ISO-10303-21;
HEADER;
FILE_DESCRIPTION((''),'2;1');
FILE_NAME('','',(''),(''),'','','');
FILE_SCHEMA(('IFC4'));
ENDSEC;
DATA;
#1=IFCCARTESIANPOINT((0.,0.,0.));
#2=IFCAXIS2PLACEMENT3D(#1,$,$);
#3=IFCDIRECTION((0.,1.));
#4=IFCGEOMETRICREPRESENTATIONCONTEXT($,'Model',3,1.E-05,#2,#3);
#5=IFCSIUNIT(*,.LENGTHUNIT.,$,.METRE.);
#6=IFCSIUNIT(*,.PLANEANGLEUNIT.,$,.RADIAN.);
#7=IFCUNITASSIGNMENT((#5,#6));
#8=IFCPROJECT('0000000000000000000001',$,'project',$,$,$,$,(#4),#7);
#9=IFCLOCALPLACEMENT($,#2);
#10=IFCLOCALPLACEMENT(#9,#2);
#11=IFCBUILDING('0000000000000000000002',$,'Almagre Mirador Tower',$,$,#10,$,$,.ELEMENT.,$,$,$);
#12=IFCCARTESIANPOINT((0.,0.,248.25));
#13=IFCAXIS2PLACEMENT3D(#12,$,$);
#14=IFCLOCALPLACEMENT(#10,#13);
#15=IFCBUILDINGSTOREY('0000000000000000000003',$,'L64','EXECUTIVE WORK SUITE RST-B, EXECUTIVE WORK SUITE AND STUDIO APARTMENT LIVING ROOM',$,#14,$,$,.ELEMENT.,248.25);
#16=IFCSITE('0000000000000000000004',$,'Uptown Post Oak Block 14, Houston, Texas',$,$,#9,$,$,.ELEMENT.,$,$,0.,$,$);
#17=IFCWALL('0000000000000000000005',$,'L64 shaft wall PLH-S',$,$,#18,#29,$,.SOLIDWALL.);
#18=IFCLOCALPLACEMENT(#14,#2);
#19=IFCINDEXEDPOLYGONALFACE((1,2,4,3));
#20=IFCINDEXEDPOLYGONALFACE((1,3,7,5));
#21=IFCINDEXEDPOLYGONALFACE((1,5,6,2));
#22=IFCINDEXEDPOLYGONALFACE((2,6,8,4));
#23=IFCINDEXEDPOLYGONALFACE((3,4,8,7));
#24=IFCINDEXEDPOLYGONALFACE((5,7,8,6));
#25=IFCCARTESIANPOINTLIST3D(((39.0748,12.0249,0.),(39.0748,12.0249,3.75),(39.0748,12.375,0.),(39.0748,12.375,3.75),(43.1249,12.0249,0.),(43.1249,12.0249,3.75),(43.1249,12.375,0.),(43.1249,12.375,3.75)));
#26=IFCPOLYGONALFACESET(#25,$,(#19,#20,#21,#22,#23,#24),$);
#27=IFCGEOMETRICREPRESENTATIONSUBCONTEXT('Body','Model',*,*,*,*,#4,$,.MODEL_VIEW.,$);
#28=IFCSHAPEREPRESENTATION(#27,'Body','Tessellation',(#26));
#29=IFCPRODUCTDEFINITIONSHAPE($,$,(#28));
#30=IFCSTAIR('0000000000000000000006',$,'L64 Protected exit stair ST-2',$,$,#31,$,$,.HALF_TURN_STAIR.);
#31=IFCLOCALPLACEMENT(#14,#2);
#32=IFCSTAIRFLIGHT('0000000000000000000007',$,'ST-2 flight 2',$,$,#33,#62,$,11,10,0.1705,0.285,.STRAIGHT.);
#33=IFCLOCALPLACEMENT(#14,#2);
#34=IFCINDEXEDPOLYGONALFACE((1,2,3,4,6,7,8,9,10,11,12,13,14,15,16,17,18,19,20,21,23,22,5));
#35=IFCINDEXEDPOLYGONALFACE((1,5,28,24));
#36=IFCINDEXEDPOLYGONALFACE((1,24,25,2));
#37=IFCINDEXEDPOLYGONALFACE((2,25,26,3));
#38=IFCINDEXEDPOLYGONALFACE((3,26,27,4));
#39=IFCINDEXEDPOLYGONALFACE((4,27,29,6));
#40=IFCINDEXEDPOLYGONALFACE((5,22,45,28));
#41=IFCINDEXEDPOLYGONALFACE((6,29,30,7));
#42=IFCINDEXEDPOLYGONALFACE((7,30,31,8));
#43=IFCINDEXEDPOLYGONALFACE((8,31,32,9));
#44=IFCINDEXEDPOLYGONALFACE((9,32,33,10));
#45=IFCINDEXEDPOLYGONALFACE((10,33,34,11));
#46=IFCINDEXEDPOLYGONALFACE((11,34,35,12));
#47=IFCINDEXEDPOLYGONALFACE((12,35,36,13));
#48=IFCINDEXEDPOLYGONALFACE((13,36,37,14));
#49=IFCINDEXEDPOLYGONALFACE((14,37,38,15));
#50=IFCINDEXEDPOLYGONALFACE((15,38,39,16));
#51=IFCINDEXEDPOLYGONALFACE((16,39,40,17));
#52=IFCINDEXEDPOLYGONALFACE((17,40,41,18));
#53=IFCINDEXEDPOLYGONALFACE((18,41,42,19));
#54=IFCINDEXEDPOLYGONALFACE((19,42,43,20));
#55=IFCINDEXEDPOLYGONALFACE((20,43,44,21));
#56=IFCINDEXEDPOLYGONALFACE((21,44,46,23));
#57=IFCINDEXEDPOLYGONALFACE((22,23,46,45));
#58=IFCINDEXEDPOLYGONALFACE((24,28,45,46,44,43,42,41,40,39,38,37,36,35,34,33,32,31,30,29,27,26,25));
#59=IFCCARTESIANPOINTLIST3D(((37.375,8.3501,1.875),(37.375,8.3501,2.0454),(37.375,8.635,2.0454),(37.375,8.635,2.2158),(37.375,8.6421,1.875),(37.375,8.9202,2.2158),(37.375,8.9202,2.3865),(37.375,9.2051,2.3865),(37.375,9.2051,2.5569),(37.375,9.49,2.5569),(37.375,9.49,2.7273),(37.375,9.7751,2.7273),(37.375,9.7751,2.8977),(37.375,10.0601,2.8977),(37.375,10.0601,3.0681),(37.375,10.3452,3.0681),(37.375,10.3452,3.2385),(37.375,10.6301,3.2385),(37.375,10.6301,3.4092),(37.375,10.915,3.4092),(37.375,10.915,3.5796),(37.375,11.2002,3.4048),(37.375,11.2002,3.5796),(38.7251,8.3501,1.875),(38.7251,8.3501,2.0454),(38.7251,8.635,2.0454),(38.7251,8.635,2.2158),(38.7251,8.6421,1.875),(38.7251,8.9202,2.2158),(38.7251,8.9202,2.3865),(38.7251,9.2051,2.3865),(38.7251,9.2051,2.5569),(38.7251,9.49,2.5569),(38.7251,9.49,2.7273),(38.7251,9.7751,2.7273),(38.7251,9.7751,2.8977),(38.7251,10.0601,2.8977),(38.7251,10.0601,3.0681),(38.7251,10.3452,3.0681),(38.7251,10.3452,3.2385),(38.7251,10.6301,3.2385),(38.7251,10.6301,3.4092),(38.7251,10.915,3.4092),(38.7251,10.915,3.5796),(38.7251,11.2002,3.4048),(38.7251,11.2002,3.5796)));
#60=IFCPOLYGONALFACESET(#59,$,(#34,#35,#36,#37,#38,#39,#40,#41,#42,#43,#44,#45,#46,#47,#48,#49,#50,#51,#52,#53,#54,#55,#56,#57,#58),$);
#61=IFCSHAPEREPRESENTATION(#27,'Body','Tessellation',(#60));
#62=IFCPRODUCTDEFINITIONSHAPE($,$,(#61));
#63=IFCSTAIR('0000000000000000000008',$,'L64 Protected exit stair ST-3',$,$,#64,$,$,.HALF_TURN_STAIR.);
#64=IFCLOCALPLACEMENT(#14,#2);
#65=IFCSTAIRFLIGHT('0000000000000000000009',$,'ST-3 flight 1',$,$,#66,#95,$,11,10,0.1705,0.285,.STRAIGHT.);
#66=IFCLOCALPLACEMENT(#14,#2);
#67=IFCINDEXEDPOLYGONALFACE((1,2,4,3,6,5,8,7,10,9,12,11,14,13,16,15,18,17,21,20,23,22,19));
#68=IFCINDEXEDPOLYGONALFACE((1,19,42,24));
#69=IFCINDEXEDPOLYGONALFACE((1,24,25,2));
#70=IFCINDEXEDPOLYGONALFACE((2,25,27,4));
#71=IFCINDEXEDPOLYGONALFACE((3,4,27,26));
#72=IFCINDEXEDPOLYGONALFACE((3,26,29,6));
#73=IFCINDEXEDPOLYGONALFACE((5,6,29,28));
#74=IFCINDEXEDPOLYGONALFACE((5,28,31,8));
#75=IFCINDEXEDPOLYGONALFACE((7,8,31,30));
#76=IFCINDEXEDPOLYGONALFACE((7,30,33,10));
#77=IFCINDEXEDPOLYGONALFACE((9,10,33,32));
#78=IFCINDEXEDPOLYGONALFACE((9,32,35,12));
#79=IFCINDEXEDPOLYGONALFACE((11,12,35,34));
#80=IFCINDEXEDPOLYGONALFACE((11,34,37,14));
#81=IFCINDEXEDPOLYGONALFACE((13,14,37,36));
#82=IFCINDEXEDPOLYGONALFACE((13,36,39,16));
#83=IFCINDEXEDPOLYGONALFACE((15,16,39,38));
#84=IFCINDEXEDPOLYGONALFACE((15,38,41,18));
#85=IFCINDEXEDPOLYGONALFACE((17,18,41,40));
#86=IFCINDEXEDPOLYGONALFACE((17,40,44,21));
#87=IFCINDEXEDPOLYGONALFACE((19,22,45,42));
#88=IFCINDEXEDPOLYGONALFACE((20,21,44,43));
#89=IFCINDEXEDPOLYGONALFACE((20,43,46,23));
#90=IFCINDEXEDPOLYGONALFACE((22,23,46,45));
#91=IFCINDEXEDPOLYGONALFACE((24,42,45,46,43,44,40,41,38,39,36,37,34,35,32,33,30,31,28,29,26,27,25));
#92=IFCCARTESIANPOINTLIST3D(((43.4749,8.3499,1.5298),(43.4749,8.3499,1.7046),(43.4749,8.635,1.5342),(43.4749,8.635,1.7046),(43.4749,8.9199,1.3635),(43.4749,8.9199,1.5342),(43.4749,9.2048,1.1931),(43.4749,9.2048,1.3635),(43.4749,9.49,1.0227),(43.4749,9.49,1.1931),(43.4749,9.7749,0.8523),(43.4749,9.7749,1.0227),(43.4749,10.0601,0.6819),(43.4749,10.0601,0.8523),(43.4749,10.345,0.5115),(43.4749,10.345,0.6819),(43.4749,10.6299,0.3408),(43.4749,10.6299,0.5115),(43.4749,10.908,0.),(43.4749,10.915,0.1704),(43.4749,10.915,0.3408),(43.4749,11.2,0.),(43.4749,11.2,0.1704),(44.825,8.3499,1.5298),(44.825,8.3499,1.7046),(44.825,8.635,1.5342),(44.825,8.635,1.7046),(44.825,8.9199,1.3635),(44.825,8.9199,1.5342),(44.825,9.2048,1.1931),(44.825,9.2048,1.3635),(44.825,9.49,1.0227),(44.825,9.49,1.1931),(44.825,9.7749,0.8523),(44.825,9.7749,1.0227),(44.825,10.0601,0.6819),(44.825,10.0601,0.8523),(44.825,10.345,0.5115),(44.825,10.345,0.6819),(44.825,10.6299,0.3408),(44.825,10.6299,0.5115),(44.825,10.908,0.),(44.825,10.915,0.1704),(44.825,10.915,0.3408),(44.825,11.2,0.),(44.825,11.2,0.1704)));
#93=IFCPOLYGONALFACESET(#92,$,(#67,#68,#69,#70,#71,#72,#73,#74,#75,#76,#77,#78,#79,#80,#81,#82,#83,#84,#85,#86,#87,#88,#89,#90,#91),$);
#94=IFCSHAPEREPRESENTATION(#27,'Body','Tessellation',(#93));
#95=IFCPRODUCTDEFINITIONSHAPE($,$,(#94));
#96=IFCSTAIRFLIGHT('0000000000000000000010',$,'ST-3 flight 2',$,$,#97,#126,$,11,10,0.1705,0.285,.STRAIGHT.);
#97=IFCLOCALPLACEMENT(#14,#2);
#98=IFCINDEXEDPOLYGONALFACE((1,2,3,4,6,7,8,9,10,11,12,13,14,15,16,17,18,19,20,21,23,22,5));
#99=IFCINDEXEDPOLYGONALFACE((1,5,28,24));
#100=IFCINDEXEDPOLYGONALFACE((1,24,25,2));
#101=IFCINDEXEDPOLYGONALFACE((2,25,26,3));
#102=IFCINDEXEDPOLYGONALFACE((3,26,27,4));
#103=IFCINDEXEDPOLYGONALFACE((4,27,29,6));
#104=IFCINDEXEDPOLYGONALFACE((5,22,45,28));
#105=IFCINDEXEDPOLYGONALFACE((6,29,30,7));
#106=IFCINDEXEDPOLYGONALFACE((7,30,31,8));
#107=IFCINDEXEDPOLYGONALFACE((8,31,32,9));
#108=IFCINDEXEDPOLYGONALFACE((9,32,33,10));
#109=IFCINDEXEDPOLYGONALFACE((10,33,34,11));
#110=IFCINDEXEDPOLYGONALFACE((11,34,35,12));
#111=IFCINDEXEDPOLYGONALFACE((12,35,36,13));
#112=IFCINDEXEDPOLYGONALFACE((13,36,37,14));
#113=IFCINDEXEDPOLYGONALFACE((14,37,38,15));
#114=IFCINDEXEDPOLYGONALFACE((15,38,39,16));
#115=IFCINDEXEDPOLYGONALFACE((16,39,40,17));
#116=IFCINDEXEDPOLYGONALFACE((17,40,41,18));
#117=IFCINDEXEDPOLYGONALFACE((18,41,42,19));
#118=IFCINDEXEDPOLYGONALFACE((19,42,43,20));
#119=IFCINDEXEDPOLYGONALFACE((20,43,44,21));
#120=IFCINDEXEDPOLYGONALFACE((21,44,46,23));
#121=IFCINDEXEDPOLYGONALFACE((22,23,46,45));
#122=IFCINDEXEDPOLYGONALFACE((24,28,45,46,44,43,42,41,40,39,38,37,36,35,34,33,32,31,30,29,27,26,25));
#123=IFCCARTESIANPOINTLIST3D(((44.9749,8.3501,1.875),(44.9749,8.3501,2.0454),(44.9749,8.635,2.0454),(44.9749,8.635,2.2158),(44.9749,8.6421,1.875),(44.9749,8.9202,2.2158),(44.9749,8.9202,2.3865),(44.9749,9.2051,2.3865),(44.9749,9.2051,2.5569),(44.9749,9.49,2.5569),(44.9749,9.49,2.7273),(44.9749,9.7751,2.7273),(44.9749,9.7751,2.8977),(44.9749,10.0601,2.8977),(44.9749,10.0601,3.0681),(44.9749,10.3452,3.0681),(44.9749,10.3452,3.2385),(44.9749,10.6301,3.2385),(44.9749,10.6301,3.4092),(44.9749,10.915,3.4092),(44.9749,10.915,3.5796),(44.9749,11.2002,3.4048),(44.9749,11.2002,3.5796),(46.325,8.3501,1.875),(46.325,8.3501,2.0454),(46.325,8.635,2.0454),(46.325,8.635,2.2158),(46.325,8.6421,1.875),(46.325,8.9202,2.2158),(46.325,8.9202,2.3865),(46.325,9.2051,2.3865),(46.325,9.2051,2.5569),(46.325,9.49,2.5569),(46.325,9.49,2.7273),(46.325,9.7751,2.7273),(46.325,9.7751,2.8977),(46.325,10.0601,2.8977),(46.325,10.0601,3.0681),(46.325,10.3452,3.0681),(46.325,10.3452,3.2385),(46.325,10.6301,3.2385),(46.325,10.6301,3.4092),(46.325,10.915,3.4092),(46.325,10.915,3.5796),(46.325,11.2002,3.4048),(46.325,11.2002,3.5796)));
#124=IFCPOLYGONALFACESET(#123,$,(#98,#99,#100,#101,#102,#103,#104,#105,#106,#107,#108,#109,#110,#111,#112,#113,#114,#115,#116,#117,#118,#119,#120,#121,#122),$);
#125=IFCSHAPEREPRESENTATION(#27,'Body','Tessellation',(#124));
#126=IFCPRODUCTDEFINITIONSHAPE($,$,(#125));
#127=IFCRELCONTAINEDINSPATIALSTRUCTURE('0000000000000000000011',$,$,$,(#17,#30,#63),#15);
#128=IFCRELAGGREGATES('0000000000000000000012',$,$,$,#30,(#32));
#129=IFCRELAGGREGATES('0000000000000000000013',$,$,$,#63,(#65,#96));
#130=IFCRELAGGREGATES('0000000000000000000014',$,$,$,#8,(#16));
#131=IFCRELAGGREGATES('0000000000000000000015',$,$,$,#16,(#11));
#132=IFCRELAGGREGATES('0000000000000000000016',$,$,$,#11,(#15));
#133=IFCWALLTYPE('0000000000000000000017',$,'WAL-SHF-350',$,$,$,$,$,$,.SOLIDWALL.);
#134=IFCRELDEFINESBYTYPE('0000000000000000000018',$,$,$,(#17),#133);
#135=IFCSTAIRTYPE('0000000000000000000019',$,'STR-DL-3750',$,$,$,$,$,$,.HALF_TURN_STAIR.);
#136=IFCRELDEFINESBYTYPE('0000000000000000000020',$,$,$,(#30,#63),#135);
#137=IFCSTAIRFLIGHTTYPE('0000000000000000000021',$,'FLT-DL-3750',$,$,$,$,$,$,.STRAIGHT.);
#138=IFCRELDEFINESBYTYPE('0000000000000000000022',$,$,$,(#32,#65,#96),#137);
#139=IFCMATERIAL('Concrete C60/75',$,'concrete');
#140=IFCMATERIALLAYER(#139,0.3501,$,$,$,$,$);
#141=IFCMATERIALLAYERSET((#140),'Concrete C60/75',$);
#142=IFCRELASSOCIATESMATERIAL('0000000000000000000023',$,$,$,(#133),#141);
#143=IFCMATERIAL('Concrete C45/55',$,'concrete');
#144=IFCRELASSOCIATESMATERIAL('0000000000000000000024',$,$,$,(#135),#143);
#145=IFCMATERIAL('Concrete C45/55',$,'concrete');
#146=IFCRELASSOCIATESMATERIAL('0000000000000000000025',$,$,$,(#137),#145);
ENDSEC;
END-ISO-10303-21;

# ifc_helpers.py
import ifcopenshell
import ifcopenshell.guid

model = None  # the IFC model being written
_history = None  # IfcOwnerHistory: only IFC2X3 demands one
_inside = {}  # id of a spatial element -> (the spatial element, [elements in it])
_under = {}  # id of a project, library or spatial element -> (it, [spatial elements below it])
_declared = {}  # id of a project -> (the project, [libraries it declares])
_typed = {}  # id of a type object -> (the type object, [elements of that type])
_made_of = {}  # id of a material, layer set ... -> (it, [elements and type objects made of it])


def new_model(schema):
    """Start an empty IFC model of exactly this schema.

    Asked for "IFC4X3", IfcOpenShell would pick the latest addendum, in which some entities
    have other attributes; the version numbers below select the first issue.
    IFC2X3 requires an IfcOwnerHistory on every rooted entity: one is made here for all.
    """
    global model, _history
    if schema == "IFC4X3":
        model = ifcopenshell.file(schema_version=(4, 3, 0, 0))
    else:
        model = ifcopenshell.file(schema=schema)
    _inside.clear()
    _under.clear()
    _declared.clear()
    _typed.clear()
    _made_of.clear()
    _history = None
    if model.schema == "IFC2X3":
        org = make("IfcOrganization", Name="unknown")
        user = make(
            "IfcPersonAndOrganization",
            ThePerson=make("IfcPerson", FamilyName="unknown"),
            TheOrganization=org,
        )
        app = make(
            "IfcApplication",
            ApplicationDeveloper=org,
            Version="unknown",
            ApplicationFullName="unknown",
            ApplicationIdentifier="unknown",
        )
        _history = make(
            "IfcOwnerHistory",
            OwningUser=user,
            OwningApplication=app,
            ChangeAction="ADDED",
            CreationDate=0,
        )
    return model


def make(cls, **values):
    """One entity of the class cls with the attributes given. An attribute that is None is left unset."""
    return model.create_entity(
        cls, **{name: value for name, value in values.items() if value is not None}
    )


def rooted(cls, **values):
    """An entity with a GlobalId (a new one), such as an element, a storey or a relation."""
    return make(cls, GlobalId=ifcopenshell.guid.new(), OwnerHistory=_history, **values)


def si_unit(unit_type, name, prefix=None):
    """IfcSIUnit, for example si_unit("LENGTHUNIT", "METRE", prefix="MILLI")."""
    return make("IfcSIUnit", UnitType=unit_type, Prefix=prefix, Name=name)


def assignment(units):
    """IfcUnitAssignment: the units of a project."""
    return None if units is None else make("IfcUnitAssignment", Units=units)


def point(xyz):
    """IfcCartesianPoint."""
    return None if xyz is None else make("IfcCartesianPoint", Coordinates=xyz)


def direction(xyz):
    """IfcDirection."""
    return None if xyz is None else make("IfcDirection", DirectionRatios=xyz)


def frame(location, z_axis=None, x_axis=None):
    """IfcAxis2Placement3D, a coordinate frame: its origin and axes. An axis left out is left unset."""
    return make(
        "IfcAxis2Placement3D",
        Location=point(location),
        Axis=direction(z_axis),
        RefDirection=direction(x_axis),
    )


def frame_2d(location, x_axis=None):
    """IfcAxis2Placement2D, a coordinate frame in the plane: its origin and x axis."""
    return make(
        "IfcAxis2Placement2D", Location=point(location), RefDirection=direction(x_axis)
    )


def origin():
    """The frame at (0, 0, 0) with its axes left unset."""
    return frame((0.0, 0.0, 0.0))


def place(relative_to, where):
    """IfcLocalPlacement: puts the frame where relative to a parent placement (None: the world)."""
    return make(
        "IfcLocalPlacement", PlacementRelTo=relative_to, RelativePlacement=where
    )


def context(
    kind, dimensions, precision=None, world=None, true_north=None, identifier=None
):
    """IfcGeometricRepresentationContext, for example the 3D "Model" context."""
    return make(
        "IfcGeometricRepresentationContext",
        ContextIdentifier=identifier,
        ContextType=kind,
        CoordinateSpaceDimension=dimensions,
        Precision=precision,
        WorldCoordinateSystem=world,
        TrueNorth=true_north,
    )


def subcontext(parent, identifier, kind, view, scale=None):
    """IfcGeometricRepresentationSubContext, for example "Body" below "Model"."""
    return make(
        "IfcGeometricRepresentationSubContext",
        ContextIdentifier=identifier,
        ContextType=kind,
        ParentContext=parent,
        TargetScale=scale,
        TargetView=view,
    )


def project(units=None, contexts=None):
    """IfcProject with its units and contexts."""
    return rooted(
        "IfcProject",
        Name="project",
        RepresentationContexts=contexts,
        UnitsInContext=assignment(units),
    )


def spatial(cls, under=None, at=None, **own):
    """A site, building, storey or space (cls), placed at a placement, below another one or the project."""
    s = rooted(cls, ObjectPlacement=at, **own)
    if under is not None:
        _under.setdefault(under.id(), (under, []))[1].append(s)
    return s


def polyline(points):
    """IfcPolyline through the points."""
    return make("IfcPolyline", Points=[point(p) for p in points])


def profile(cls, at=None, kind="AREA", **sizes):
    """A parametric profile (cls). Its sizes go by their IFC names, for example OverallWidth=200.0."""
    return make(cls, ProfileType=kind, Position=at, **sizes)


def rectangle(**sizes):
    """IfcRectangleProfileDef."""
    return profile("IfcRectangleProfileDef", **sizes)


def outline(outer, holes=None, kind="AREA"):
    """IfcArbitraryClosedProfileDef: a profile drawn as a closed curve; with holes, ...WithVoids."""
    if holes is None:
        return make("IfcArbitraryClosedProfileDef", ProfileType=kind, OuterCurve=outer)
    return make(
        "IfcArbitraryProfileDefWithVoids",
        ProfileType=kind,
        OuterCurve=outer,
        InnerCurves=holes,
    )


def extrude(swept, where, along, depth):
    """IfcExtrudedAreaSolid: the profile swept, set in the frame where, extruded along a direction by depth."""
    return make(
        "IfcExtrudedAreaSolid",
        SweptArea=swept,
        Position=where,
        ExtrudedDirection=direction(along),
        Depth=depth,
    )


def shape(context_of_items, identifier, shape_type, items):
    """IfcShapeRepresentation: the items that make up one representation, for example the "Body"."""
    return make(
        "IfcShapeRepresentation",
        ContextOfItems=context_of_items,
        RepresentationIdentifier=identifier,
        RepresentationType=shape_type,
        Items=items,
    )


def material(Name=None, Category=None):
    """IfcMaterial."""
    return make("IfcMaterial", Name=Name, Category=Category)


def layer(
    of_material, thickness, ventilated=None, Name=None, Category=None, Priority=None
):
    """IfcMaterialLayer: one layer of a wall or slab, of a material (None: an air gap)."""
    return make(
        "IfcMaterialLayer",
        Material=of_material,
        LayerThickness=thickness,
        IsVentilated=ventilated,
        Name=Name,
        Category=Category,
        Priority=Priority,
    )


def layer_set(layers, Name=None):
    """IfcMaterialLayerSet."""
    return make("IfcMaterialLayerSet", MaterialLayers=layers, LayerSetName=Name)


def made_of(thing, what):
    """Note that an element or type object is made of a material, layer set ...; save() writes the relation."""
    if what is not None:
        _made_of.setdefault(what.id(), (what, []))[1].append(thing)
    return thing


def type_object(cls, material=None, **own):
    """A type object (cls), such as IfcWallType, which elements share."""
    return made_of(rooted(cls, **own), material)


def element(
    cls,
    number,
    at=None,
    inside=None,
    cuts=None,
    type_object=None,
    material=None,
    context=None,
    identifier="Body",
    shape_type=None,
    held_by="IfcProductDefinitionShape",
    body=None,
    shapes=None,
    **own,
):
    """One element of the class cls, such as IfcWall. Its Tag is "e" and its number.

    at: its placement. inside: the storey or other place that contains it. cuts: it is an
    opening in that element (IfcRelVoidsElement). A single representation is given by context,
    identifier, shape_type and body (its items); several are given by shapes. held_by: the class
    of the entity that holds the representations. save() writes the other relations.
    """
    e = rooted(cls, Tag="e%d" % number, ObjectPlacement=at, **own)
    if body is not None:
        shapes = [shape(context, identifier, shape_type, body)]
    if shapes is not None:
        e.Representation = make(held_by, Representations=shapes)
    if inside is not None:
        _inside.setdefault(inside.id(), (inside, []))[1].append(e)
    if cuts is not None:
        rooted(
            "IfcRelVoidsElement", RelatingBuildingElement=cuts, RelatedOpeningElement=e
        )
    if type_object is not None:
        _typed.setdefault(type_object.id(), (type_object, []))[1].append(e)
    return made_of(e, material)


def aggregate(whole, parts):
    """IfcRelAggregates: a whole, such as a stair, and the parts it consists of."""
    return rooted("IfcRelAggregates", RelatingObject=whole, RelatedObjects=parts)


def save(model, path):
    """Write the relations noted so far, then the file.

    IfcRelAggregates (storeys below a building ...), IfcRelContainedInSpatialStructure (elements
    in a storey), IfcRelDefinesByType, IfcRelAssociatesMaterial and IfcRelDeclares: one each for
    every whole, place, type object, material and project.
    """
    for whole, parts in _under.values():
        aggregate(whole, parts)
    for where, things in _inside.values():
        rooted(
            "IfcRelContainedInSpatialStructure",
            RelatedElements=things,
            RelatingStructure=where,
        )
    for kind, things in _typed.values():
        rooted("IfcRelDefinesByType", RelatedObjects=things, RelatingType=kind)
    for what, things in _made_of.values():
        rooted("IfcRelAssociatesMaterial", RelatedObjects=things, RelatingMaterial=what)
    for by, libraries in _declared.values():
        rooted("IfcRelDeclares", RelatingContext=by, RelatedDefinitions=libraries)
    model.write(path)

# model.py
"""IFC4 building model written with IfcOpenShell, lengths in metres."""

from ifc_helpers import new_model, si_unit, direction, frame, frame_2d, origin, place, context, subcontext, project, spatial, polyline, rectangle, outline, extrude, material, layer, layer_set, type_object, element, aggregate, save


model = new_model("IFC4")

# Units and contexts
model_context = context("Model", 3, precision=1e-05, world=origin(), true_north=direction((0.0, 1.0)))
body_context = subcontext(model_context, "Body", "Model", "MODEL_VIEW")
ifc_project = project(units=[si_unit("LENGTHUNIT", "METRE"), si_unit("PLANEANGLEUNIT", "RADIAN")], contexts=[model_context])

# Site, building, storey
site_placement = place(None, origin())
site = spatial("IfcSite", under=ifc_project, at=site_placement, Name="Uptown Post Oak Block 14, Houston, Texas", CompositionType="ELEMENT", RefElevation=0.0)
building_placement = place(site_placement, origin())
building = spatial("IfcBuilding", under=site, at=building_placement, Name="Almagre Mirador Tower", CompositionType="ELEMENT")
storey_placement = place(building_placement, frame((0.0, 0.0, 248.25)))
storey = spatial("IfcBuildingStorey", under=building, at=storey_placement, Name="L64", Description="EXECUTIVE WORK SUITE RST-B, EXECUTIVE WORK SUITE AND STUDIO APARTMENT LIVING ROOM", CompositionType="ELEMENT", Elevation=248.25)

# Shared definitions
ifc_material_1 = material(Name="Concrete C60/75", Category="concrete")
ifc_layer_1 = layer(ifc_material_1, 0.3501)
ifc_layer_set_1 = layer_set([ifc_layer_1], Name="Concrete C60/75")
wall_type_1 = type_object("IfcWallType", Name="WAL-SHF-350", PredefinedType="SOLIDWALL", material=ifc_layer_set_1)

# Wall
wall_1_placement = place(storey_placement, frame((39.075, 12.2, 0.0), z_axis=(0.0, 0.0, 1.0), x_axis=(1.0, 0.0, 0.0)))
element("IfcWall", 1, at=wall_1_placement, inside=storey, type_object=wall_type_1, Name="L64 shaft wall PLH-S", PredefinedType="SOLIDWALL", context=body_context, shape_type="SweptSolid", body=[
    extrude(rectangle(XDim=4.05, YDim=0.3501, at=frame_2d((2.0249, 0.0))), origin(), (0.0, 0.0, 1.0), 3.75),
])

# Stair, stair flight
ifc_material_2 = material(Name="Concrete C45/55", Category="concrete")
stair_type = type_object("IfcStairType", Name="STR-DL-3750", PredefinedType="HALF_TURN_STAIR", material=ifc_material_2)
stair_1_placement = place(storey_placement, origin())
stair_1 = element("IfcStair", 2, at=stair_1_placement, inside=storey, type_object=stair_type, Name="L64 Protected exit stair ST-2", PredefinedType="HALF_TURN_STAIR")
ifc_material_3 = material(Name="Concrete C45/55", Category="concrete")
stair_flight_type = type_object("IfcStairFlightType", Name="FLT-DL-3750", PredefinedType="STRAIGHT", material=ifc_material_3)
stair_flight_1_placement = place(storey_placement, frame((38.05, 8.3501, 1.875), z_axis=(0.0, 0.0, 1.0), x_axis=(0.0, 1.0, 0.0)))
stair_flight_1 = element("IfcStairFlight", 3, at=stair_flight_1_placement, type_object=stair_flight_type, Name="ST-2 flight 2", NumberOfRisers=11, NumberOfTreads=10, PredefinedType="STRAIGHT", RiserHeight=0.1705, TreadLength=0.285, context=body_context, shape_type="SweptSolid", body=[
    extrude(outline(polyline([(0.0, 0.0), (0.0, 0.1704), (0.2849, 0.1704), (0.2849, 0.3408), (0.5701, 0.3408), (0.5701, 0.5115), (0.855, 0.5115), (0.855, 0.6819), (1.1399, 0.6819), (1.1399, 0.8523), (1.425, 0.8523), (1.425, 1.0227), (1.71, 1.0227), (1.71, 1.1931), (1.9951, 1.1931), (1.9951, 1.3635), (2.28, 1.3635), (2.28, 1.5342), (2.5649, 1.5342), (2.5649, 1.7046), (2.8501, 1.7046), (2.8501, 1.875), (2.8501, 1.5298), (0.292, 0.0), (0.0, 0.0)])), frame((0.0, 0.675, 0.0), z_axis=(0.0, -1.0, 0.0), x_axis=(1.0, 0.0, 0.0)), (0.0, 0.0, 1.0), 1.3501),
])
aggregate(stair_1, [stair_flight_1])

# Stair, stair flights
stair_2_placement = place(storey_placement, origin())
stair_2 = element("IfcStair", 4, at=stair_2_placement, inside=storey, type_object=stair_type, Name="L64 Protected exit stair ST-3", PredefinedType="HALF_TURN_STAIR")
stair_flight_2_placement = place(storey_placement, frame((44.1499, 11.2, 0.0), z_axis=(0.0, 0.0, 1.0), x_axis=(0.0, -1.0, 0.0)))
stair_flight_2 = element("IfcStairFlight", 5, at=stair_flight_2_placement, type_object=stair_flight_type, Name="ST-3 flight 1", NumberOfRisers=11, NumberOfTreads=10, PredefinedType="STRAIGHT", RiserHeight=0.1705, TreadLength=0.285, context=body_context, shape_type="SweptSolid", body=[
    extrude(outline(polyline([(0.0, 0.0), (0.0, 0.1704), (0.2849, 0.1704), (0.2849, 0.3408), (0.5701, 0.3408), (0.5701, 0.5115), (0.855, 0.5115), (0.855, 0.6819), (1.1399, 0.6819), (1.1399, 0.8523), (1.425, 0.8523), (1.425, 1.0227), (1.71, 1.0227), (1.71, 1.1931), (1.9951, 1.1931), (1.9951, 1.3635), (2.28, 1.3635), (2.28, 1.5342), (2.5649, 1.5342), (2.5649, 1.7046), (2.8501, 1.7046), (2.8501, 1.875), (2.8501, 1.5298), (0.292, 0.0), (0.0, 0.0)])), frame((0.0, 0.675, 0.0), z_axis=(0.0, -1.0, 0.0), x_axis=(1.0, 0.0, 0.0)), (0.0, 0.0, 1.0), 1.3501),
])
stair_flight_3_placement = place(storey_placement, frame((45.6499, 8.3501, 1.875), z_axis=(0.0, 0.0, 1.0), x_axis=(0.0, 1.0, 0.0)))
stair_flight_3 = element("IfcStairFlight", 6, at=stair_flight_3_placement, type_object=stair_flight_type, Name="ST-3 flight 2", NumberOfRisers=11, NumberOfTreads=10, PredefinedType="STRAIGHT", RiserHeight=0.1705, TreadLength=0.285, context=body_context, shape_type="SweptSolid", body=[
    extrude(outline(polyline([(0.0, 0.0), (0.0, 0.1704), (0.2849, 0.1704), (0.2849, 0.3408), (0.5701, 0.3408), (0.5701, 0.5115), (0.855, 0.5115), (0.855, 0.6819), (1.1399, 0.6819), (1.1399, 0.8523), (1.425, 0.8523), (1.425, 1.0227), (1.71, 1.0227), (1.71, 1.1931), (1.9951, 1.1931), (1.9951, 1.3635), (2.28, 1.3635), (2.28, 1.5342), (2.5649, 1.5342), (2.5649, 1.7046), (2.8501, 1.7046), (2.8501, 1.875), (2.8501, 1.5298), (0.292, 0.0), (0.0, 0.0)])), frame((0.0, 0.675, 0.0), z_axis=(0.0, -1.0, 0.0), x_axis=(1.0, 0.0, 0.0)), (0.0, 0.0, 1.0), 1.3501),
])
aggregate(stair_2, [stair_flight_2, stair_flight_3])

save(model, "model.ifc")
